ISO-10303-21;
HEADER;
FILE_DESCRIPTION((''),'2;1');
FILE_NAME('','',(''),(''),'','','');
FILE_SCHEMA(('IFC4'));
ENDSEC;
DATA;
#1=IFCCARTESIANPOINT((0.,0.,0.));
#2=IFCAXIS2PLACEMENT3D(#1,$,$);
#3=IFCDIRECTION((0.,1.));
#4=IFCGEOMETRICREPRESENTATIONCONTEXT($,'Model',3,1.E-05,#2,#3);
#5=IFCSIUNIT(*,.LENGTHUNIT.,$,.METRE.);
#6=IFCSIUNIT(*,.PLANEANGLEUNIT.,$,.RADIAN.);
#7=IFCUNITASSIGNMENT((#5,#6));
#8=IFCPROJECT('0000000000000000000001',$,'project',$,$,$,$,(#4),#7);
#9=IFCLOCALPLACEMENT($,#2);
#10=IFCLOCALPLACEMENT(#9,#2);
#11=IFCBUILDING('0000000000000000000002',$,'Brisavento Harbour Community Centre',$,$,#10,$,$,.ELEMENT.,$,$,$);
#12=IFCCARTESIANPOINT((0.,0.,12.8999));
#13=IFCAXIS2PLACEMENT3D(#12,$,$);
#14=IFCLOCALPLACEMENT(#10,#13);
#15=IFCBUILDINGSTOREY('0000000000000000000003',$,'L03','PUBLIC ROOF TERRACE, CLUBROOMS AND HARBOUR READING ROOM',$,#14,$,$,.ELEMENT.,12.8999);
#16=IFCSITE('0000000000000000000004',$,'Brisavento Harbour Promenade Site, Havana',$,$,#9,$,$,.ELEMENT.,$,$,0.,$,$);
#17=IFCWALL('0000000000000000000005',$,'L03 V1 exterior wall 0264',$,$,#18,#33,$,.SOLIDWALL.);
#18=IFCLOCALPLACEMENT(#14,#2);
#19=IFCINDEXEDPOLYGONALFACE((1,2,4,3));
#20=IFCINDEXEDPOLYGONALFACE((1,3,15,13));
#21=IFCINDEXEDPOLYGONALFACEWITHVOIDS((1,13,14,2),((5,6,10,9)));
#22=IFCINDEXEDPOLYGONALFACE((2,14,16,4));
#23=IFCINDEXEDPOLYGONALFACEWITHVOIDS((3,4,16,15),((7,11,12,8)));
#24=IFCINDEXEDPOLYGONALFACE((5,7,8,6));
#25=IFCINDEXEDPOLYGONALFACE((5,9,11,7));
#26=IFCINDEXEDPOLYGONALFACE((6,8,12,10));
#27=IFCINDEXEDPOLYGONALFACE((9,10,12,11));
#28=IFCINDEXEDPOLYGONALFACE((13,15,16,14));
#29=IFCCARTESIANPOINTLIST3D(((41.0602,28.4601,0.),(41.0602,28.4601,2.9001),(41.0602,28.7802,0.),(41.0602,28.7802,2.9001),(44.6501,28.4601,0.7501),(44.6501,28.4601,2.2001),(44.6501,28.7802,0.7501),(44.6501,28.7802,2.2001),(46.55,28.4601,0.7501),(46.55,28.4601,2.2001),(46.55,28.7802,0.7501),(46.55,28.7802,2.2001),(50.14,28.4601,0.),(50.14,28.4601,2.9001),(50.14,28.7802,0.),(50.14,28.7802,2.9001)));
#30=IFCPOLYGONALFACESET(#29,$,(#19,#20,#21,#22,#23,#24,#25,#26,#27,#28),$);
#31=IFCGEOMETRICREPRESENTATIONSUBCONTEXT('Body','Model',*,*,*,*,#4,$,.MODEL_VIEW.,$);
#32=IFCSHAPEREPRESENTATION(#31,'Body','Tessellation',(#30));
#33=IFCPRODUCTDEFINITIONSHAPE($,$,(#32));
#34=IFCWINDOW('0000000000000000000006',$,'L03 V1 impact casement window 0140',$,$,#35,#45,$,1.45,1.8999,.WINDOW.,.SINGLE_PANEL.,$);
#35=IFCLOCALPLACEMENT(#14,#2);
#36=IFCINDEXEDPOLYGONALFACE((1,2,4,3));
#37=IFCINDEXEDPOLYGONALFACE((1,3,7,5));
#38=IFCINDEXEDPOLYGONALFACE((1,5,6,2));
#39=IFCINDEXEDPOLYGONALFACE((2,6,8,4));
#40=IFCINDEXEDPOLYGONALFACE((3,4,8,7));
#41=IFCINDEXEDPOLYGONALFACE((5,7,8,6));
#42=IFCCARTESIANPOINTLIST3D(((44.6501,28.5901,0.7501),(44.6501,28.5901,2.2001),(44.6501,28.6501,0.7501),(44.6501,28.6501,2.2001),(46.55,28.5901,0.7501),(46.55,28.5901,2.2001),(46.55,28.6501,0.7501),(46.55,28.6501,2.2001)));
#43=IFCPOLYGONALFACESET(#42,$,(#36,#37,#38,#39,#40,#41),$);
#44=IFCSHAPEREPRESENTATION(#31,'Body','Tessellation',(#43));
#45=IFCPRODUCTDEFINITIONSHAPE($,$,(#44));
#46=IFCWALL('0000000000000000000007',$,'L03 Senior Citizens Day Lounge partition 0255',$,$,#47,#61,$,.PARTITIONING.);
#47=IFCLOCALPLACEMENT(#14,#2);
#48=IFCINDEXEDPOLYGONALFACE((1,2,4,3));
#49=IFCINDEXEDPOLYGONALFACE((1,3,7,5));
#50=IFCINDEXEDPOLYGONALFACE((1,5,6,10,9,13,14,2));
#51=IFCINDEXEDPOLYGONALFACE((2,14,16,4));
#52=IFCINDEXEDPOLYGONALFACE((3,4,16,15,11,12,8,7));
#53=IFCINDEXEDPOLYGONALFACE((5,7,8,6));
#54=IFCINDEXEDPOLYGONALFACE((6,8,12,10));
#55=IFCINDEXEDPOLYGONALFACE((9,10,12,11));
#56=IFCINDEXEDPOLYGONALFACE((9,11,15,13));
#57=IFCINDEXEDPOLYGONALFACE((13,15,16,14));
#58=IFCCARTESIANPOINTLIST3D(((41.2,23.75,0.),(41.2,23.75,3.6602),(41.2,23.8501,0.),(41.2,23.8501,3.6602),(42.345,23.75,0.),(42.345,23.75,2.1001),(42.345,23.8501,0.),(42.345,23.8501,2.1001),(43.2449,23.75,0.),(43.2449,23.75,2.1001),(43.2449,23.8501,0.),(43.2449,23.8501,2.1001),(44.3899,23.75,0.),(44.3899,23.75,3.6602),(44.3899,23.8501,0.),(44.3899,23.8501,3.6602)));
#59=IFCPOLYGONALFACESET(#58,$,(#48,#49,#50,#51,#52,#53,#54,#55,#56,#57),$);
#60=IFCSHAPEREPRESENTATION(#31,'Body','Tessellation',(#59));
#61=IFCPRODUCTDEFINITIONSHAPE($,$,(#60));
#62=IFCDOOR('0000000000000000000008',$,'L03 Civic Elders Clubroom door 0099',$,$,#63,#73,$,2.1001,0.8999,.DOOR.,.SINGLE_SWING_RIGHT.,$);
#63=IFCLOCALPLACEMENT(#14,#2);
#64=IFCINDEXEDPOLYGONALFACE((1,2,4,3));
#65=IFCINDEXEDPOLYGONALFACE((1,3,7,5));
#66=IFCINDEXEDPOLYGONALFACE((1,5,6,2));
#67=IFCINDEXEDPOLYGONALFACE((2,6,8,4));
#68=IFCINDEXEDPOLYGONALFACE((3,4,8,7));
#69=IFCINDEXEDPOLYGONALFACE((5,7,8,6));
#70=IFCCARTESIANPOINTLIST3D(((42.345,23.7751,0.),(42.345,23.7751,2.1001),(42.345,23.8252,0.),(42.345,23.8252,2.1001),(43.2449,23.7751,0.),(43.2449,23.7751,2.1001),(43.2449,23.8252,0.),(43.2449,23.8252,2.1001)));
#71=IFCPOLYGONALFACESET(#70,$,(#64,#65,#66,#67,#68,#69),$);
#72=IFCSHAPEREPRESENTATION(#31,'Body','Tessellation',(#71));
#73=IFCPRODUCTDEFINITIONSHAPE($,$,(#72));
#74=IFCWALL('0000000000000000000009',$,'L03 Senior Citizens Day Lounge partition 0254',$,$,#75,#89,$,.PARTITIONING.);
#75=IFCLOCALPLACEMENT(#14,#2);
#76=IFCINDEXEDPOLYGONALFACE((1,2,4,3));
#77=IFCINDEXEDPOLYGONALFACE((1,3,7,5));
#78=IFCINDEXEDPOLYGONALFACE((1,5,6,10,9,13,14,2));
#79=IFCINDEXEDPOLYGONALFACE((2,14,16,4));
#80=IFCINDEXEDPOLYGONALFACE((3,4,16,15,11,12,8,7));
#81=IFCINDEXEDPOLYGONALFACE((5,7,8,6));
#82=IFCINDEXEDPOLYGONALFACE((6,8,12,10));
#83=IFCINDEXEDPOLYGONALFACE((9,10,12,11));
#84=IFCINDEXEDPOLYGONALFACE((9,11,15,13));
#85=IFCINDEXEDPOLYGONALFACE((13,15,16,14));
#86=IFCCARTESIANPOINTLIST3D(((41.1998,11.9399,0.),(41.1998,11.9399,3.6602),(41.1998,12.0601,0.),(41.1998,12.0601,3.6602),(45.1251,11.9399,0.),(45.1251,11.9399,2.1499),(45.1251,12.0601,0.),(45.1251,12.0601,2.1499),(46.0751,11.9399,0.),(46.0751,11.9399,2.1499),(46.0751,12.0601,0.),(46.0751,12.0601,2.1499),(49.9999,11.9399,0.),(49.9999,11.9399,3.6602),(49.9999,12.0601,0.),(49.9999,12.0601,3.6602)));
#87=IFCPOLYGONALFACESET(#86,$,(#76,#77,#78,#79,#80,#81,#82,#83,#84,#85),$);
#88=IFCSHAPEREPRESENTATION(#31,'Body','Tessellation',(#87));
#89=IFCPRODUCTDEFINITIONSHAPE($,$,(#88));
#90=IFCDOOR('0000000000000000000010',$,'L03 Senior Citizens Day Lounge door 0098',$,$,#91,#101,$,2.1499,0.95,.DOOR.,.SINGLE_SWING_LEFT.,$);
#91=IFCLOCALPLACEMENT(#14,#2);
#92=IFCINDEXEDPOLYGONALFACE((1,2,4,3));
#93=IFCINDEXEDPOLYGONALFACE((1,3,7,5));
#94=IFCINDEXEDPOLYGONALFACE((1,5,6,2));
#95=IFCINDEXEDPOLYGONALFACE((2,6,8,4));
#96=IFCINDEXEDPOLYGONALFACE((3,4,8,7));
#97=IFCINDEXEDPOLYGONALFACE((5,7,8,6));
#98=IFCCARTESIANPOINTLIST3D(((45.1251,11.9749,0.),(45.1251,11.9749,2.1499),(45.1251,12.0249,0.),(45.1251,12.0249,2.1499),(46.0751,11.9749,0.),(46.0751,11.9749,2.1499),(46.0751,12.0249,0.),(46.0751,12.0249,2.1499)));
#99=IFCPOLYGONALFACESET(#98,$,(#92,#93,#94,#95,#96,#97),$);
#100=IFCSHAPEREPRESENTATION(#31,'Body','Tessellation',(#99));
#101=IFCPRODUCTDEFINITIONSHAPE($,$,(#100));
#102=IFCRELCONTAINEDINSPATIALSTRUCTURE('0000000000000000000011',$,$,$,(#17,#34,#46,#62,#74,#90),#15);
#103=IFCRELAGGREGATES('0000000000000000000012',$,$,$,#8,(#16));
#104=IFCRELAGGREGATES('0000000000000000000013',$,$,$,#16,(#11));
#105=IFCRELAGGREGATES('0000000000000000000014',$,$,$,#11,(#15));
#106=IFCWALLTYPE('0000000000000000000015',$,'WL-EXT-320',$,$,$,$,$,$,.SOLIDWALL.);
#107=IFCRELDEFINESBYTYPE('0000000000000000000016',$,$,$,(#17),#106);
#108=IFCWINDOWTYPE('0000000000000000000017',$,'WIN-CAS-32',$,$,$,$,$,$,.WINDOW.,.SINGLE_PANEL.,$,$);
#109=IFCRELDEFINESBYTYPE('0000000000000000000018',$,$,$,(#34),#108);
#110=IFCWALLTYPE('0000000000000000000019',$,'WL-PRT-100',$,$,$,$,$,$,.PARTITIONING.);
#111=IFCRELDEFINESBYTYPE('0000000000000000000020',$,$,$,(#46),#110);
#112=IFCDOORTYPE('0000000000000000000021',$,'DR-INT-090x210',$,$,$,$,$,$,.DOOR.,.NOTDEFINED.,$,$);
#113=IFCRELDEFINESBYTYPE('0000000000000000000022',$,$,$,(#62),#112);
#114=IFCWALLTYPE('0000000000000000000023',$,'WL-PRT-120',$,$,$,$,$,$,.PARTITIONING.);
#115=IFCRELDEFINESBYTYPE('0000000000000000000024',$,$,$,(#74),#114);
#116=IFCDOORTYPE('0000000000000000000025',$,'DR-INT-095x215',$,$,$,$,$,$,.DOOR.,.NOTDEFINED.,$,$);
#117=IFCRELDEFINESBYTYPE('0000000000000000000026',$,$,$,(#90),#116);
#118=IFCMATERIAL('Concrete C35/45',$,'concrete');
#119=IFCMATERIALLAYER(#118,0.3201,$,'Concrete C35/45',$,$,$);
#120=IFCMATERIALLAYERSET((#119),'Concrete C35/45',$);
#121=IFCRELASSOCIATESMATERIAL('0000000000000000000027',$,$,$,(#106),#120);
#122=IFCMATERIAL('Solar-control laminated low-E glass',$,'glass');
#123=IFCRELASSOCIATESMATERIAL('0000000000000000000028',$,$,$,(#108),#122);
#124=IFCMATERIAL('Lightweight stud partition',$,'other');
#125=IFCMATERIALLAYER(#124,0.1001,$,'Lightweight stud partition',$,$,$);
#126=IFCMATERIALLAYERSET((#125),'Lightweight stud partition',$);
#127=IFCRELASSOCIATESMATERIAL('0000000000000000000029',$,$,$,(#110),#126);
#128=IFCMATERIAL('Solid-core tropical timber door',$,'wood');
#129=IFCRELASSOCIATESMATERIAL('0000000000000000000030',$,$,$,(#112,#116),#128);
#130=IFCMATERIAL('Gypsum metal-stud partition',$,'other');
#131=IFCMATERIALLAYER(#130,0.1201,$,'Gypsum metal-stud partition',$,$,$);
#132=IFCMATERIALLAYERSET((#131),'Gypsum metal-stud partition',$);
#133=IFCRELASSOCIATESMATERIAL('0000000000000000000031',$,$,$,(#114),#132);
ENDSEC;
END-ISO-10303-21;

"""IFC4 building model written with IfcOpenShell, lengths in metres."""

from ifc_helpers import new_model, si_unit, direction, frame, frame_2d, origin, place, context, subcontext, project, spatial, rectangle, extrude, material, layer, layer_set, type_object, element, fill, save


model = new_model("IFC4")

# Units and contexts
model_context = context("Model", 3, precision=1e-05, world=origin(), true_north=direction((0.0, 1.0)))
body_context = subcontext(model_context, "Body", "Model", "MODEL_VIEW")
ifc_project = project(units=[si_unit("LENGTHUNIT", "METRE"), si_unit("PLANEANGLEUNIT", "RADIAN")], contexts=[model_context])

# Site, building, storey
site_placement = place(None, origin())
site = spatial("IfcSite", under=ifc_project, at=site_placement, Name="Brisavento Harbour Promenade Site, Havana", CompositionType="ELEMENT", RefElevation=0.0)
building_placement = place(site_placement, origin())
building = spatial("IfcBuilding", under=site, at=building_placement, Name="Brisavento Harbour Community Centre", CompositionType="ELEMENT")
storey_placement = place(building_placement, frame((0.0, 0.0, 12.8999)))
storey = spatial("IfcBuildingStorey", under=building, at=storey_placement, Name="L03", Description="PUBLIC ROOF TERRACE, CLUBROOMS AND HARBOUR READING ROOM", CompositionType="ELEMENT", Elevation=12.8999)

# Shared definitions
ifc_material_1 = material(Name="Concrete C35/45", Category="concrete")

# Shared definitions
ifc_material_2 = material(Name="Solar-control laminated low-E glass", Category="glass")

# Wall, opening, window
ifc_layer_1 = layer(ifc_material_1, 0.3201, Name="Concrete C35/45")
ifc_layer_set_1 = layer_set([ifc_layer_1], Name="Concrete C35/45")
wall_type_1 = type_object("IfcWallType", Name="WL-EXT-320", PredefinedType="SOLIDWALL", material=ifc_layer_set_1)
wall_1_placement = place(storey_placement, frame((41.0601, 28.6201, 0.0), z_axis=(0.0, 0.0, 1.0), x_axis=(1.0, 0.0, 0.0)))
wall_1 = element("IfcWall", 1, at=wall_1_placement, inside=storey, type_object=wall_type_1, Name="L03 V1 exterior wall 0264", PredefinedType="SOLIDWALL", context=body_context, shape_type="SweptSolid", body=[
    extrude(rectangle(XDim=9.0798, YDim=0.3201, at=frame_2d((4.54, 0.0))), origin(), (0.0, 0.0, 1.0), 2.9001),
])
opening_1_placement = place(wall_1_placement, frame((3.5901, 0.0, 0.75)))
opening_1 = element("IfcOpeningElement", 2, at=opening_1_placement, cuts=wall_1, PredefinedType="OPENING", context=body_context, shape_type="SweptSolid", body=[
    extrude(rectangle(XDim=1.8999, YDim=1.45, at=frame_2d((0.95, 0.7251))), frame((0.0, 0.1699, 0.0), z_axis=(0.0, -1.0, 0.0), x_axis=(1.0, 0.0, 0.0)), (0.0, 0.0, 1.0), 0.3401),
])
window_type_1 = type_object("IfcWindowType", Name="WIN-CAS-32", PartitioningType="SINGLE_PANEL", PredefinedType="WINDOW", material=ifc_material_2)
window_1_placement = place(opening_1_placement, origin())
window_1 = element("IfcWindow", 3, at=window_1_placement, inside=storey, type_object=window_type_1, Name="L03 V1 impact casement window 0140", OverallHeight=1.45, OverallWidth=1.8999, PartitioningType="SINGLE_PANEL", PredefinedType="WINDOW", context=body_context, shape_type="SweptSolid", body=[
    extrude(rectangle(XDim=1.8999, YDim=1.45, at=frame_2d((0.95, 0.7251))), frame((0.0, 0.03, 0.0), z_axis=(0.0, -1.0, 0.0), x_axis=(1.0, 0.0, 0.0)), (0.0, 0.0, 1.0), 0.0601),
])
fill(opening_1, window_1)

# Walls, openings, doors
ifc_material_3 = material(Name="Lightweight stud partition", Category="other")
ifc_layer_2 = layer(ifc_material_3, 0.1001, Name="Lightweight stud partition")
ifc_layer_set_2 = layer_set([ifc_layer_2], Name="Lightweight stud partition")
wall_type_2 = type_object("IfcWallType", Name="WL-PRT-100", PredefinedType="PARTITIONING", material=ifc_layer_set_2)
wall_2_placement = place(storey_placement, frame((44.3899, 23.8, 0.0), z_axis=(0.0, 0.0, 1.0), x_axis=(-1.0, 0.0, 0.0)))
wall_2 = element("IfcWall", 4, at=wall_2_placement, inside=storey, type_object=wall_type_2, Name="L03 Senior Citizens Day Lounge partition 0255", PredefinedType="PARTITIONING", context=body_context, shape_type="SweptSolid", body=[
    extrude(rectangle(XDim=3.1899, YDim=0.1001, at=frame_2d((1.595, 0.0))), origin(), (0.0, 0.0, 1.0), 3.6602),
])
opening_2_placement = place(wall_2_placement, frame((1.145, 0.0, 0.0)))
opening_2 = element("IfcOpeningElement", 5, at=opening_2_placement, cuts=wall_2, PredefinedType="OPENING", context=body_context, shape_type="SweptSolid", body=[
    extrude(rectangle(XDim=0.8999, YDim=2.1001, at=frame_2d((0.45, 1.05))), frame((0.0, 0.0601, 0.0), z_axis=(0.0, -1.0, 0.0), x_axis=(1.0, 0.0, 0.0)), (0.0, 0.0, 1.0), 0.1201),
])
ifc_material_4 = material(Name="Solid-core tropical timber door", Category="wood")
door_type_1 = type_object("IfcDoorType", Name="DR-INT-090x210", OperationType="NOTDEFINED", PredefinedType="DOOR", material=ifc_material_4)
door_1_placement = place(opening_2_placement, origin())
door_1 = element("IfcDoor", 6, at=door_1_placement, inside=storey, type_object=door_type_1, Name="L03 Civic Elders Clubroom door 0099", OperationType="SINGLE_SWING_RIGHT", OverallHeight=2.1001, OverallWidth=0.8999, PredefinedType="DOOR", context=body_context, shape_type="SweptSolid", body=[
    extrude(rectangle(XDim=0.8999, YDim=2.1001, at=frame_2d((0.45, 1.05))), frame((0.0, 0.0249, 0.0), z_axis=(0.0, -1.0, 0.0), x_axis=(1.0, 0.0, 0.0)), (0.0, 0.0, 1.0), 0.05),
])
fill(opening_2, door_1)
ifc_material_5 = material(Name="Gypsum metal-stud partition", Category="other")
ifc_layer_3 = layer(ifc_material_5, 0.1201, Name="Gypsum metal-stud partition")
ifc_layer_set_3 = layer_set([ifc_layer_3], Name="Gypsum metal-stud partition")
wall_type_3 = type_object("IfcWallType", Name="WL-PRT-120", PredefinedType="PARTITIONING", material=ifc_layer_set_3)
wall_3_placement = place(storey_placement, frame((41.2, 12.0, 0.0), z_axis=(0.0, 0.0, 1.0), x_axis=(1.0, 0.0, 0.0)))
wall_3 = element("IfcWall", 7, at=wall_3_placement, inside=storey, type_object=wall_type_3, Name="L03 Senior Citizens Day Lounge partition 0254", PredefinedType="PARTITIONING", context=body_context, shape_type="SweptSolid", body=[
    extrude(rectangle(XDim=8.8, YDim=0.1201, at=frame_2d((4.3999, 0.0))), origin(), (0.0, 0.0, 1.0), 3.6602),
])
opening_3_placement = place(wall_3_placement, frame((3.925, 0.0, 0.0)))
opening_3 = element("IfcOpeningElement", 8, at=opening_3_placement, cuts=wall_3, PredefinedType="OPENING", context=body_context, shape_type="SweptSolid", body=[
    extrude(rectangle(XDim=0.95, YDim=2.1499, at=frame_2d((0.4751, 1.075))), frame((0.0, 0.0701, 0.0), z_axis=(0.0, -1.0, 0.0), x_axis=(1.0, 0.0, 0.0)), (0.0, 0.0, 1.0), 0.1401),
])
door_type_2 = type_object("IfcDoorType", Name="DR-INT-095x215", OperationType="NOTDEFINED", PredefinedType="DOOR", material=ifc_material_4)
door_2_placement = place(opening_3_placement, origin())
door_2 = element("IfcDoor", 9, at=door_2_placement, inside=storey, type_object=door_type_2, Name="L03 Senior Citizens Day Lounge door 0098", OperationType="SINGLE_SWING_LEFT", OverallHeight=2.1499, OverallWidth=0.95, PredefinedType="DOOR", context=body_context, shape_type="SweptSolid", body=[
    extrude(rectangle(XDim=0.95, YDim=2.1499, at=frame_2d((0.4751, 1.075))), frame((0.0, 0.0249, 0.0), z_axis=(0.0, -1.0, 0.0), x_axis=(1.0, 0.0, 0.0)), (0.0, 0.0, 1.0), 0.05),
])
fill(opening_3, door_2)

save(model, "model.ifc")
